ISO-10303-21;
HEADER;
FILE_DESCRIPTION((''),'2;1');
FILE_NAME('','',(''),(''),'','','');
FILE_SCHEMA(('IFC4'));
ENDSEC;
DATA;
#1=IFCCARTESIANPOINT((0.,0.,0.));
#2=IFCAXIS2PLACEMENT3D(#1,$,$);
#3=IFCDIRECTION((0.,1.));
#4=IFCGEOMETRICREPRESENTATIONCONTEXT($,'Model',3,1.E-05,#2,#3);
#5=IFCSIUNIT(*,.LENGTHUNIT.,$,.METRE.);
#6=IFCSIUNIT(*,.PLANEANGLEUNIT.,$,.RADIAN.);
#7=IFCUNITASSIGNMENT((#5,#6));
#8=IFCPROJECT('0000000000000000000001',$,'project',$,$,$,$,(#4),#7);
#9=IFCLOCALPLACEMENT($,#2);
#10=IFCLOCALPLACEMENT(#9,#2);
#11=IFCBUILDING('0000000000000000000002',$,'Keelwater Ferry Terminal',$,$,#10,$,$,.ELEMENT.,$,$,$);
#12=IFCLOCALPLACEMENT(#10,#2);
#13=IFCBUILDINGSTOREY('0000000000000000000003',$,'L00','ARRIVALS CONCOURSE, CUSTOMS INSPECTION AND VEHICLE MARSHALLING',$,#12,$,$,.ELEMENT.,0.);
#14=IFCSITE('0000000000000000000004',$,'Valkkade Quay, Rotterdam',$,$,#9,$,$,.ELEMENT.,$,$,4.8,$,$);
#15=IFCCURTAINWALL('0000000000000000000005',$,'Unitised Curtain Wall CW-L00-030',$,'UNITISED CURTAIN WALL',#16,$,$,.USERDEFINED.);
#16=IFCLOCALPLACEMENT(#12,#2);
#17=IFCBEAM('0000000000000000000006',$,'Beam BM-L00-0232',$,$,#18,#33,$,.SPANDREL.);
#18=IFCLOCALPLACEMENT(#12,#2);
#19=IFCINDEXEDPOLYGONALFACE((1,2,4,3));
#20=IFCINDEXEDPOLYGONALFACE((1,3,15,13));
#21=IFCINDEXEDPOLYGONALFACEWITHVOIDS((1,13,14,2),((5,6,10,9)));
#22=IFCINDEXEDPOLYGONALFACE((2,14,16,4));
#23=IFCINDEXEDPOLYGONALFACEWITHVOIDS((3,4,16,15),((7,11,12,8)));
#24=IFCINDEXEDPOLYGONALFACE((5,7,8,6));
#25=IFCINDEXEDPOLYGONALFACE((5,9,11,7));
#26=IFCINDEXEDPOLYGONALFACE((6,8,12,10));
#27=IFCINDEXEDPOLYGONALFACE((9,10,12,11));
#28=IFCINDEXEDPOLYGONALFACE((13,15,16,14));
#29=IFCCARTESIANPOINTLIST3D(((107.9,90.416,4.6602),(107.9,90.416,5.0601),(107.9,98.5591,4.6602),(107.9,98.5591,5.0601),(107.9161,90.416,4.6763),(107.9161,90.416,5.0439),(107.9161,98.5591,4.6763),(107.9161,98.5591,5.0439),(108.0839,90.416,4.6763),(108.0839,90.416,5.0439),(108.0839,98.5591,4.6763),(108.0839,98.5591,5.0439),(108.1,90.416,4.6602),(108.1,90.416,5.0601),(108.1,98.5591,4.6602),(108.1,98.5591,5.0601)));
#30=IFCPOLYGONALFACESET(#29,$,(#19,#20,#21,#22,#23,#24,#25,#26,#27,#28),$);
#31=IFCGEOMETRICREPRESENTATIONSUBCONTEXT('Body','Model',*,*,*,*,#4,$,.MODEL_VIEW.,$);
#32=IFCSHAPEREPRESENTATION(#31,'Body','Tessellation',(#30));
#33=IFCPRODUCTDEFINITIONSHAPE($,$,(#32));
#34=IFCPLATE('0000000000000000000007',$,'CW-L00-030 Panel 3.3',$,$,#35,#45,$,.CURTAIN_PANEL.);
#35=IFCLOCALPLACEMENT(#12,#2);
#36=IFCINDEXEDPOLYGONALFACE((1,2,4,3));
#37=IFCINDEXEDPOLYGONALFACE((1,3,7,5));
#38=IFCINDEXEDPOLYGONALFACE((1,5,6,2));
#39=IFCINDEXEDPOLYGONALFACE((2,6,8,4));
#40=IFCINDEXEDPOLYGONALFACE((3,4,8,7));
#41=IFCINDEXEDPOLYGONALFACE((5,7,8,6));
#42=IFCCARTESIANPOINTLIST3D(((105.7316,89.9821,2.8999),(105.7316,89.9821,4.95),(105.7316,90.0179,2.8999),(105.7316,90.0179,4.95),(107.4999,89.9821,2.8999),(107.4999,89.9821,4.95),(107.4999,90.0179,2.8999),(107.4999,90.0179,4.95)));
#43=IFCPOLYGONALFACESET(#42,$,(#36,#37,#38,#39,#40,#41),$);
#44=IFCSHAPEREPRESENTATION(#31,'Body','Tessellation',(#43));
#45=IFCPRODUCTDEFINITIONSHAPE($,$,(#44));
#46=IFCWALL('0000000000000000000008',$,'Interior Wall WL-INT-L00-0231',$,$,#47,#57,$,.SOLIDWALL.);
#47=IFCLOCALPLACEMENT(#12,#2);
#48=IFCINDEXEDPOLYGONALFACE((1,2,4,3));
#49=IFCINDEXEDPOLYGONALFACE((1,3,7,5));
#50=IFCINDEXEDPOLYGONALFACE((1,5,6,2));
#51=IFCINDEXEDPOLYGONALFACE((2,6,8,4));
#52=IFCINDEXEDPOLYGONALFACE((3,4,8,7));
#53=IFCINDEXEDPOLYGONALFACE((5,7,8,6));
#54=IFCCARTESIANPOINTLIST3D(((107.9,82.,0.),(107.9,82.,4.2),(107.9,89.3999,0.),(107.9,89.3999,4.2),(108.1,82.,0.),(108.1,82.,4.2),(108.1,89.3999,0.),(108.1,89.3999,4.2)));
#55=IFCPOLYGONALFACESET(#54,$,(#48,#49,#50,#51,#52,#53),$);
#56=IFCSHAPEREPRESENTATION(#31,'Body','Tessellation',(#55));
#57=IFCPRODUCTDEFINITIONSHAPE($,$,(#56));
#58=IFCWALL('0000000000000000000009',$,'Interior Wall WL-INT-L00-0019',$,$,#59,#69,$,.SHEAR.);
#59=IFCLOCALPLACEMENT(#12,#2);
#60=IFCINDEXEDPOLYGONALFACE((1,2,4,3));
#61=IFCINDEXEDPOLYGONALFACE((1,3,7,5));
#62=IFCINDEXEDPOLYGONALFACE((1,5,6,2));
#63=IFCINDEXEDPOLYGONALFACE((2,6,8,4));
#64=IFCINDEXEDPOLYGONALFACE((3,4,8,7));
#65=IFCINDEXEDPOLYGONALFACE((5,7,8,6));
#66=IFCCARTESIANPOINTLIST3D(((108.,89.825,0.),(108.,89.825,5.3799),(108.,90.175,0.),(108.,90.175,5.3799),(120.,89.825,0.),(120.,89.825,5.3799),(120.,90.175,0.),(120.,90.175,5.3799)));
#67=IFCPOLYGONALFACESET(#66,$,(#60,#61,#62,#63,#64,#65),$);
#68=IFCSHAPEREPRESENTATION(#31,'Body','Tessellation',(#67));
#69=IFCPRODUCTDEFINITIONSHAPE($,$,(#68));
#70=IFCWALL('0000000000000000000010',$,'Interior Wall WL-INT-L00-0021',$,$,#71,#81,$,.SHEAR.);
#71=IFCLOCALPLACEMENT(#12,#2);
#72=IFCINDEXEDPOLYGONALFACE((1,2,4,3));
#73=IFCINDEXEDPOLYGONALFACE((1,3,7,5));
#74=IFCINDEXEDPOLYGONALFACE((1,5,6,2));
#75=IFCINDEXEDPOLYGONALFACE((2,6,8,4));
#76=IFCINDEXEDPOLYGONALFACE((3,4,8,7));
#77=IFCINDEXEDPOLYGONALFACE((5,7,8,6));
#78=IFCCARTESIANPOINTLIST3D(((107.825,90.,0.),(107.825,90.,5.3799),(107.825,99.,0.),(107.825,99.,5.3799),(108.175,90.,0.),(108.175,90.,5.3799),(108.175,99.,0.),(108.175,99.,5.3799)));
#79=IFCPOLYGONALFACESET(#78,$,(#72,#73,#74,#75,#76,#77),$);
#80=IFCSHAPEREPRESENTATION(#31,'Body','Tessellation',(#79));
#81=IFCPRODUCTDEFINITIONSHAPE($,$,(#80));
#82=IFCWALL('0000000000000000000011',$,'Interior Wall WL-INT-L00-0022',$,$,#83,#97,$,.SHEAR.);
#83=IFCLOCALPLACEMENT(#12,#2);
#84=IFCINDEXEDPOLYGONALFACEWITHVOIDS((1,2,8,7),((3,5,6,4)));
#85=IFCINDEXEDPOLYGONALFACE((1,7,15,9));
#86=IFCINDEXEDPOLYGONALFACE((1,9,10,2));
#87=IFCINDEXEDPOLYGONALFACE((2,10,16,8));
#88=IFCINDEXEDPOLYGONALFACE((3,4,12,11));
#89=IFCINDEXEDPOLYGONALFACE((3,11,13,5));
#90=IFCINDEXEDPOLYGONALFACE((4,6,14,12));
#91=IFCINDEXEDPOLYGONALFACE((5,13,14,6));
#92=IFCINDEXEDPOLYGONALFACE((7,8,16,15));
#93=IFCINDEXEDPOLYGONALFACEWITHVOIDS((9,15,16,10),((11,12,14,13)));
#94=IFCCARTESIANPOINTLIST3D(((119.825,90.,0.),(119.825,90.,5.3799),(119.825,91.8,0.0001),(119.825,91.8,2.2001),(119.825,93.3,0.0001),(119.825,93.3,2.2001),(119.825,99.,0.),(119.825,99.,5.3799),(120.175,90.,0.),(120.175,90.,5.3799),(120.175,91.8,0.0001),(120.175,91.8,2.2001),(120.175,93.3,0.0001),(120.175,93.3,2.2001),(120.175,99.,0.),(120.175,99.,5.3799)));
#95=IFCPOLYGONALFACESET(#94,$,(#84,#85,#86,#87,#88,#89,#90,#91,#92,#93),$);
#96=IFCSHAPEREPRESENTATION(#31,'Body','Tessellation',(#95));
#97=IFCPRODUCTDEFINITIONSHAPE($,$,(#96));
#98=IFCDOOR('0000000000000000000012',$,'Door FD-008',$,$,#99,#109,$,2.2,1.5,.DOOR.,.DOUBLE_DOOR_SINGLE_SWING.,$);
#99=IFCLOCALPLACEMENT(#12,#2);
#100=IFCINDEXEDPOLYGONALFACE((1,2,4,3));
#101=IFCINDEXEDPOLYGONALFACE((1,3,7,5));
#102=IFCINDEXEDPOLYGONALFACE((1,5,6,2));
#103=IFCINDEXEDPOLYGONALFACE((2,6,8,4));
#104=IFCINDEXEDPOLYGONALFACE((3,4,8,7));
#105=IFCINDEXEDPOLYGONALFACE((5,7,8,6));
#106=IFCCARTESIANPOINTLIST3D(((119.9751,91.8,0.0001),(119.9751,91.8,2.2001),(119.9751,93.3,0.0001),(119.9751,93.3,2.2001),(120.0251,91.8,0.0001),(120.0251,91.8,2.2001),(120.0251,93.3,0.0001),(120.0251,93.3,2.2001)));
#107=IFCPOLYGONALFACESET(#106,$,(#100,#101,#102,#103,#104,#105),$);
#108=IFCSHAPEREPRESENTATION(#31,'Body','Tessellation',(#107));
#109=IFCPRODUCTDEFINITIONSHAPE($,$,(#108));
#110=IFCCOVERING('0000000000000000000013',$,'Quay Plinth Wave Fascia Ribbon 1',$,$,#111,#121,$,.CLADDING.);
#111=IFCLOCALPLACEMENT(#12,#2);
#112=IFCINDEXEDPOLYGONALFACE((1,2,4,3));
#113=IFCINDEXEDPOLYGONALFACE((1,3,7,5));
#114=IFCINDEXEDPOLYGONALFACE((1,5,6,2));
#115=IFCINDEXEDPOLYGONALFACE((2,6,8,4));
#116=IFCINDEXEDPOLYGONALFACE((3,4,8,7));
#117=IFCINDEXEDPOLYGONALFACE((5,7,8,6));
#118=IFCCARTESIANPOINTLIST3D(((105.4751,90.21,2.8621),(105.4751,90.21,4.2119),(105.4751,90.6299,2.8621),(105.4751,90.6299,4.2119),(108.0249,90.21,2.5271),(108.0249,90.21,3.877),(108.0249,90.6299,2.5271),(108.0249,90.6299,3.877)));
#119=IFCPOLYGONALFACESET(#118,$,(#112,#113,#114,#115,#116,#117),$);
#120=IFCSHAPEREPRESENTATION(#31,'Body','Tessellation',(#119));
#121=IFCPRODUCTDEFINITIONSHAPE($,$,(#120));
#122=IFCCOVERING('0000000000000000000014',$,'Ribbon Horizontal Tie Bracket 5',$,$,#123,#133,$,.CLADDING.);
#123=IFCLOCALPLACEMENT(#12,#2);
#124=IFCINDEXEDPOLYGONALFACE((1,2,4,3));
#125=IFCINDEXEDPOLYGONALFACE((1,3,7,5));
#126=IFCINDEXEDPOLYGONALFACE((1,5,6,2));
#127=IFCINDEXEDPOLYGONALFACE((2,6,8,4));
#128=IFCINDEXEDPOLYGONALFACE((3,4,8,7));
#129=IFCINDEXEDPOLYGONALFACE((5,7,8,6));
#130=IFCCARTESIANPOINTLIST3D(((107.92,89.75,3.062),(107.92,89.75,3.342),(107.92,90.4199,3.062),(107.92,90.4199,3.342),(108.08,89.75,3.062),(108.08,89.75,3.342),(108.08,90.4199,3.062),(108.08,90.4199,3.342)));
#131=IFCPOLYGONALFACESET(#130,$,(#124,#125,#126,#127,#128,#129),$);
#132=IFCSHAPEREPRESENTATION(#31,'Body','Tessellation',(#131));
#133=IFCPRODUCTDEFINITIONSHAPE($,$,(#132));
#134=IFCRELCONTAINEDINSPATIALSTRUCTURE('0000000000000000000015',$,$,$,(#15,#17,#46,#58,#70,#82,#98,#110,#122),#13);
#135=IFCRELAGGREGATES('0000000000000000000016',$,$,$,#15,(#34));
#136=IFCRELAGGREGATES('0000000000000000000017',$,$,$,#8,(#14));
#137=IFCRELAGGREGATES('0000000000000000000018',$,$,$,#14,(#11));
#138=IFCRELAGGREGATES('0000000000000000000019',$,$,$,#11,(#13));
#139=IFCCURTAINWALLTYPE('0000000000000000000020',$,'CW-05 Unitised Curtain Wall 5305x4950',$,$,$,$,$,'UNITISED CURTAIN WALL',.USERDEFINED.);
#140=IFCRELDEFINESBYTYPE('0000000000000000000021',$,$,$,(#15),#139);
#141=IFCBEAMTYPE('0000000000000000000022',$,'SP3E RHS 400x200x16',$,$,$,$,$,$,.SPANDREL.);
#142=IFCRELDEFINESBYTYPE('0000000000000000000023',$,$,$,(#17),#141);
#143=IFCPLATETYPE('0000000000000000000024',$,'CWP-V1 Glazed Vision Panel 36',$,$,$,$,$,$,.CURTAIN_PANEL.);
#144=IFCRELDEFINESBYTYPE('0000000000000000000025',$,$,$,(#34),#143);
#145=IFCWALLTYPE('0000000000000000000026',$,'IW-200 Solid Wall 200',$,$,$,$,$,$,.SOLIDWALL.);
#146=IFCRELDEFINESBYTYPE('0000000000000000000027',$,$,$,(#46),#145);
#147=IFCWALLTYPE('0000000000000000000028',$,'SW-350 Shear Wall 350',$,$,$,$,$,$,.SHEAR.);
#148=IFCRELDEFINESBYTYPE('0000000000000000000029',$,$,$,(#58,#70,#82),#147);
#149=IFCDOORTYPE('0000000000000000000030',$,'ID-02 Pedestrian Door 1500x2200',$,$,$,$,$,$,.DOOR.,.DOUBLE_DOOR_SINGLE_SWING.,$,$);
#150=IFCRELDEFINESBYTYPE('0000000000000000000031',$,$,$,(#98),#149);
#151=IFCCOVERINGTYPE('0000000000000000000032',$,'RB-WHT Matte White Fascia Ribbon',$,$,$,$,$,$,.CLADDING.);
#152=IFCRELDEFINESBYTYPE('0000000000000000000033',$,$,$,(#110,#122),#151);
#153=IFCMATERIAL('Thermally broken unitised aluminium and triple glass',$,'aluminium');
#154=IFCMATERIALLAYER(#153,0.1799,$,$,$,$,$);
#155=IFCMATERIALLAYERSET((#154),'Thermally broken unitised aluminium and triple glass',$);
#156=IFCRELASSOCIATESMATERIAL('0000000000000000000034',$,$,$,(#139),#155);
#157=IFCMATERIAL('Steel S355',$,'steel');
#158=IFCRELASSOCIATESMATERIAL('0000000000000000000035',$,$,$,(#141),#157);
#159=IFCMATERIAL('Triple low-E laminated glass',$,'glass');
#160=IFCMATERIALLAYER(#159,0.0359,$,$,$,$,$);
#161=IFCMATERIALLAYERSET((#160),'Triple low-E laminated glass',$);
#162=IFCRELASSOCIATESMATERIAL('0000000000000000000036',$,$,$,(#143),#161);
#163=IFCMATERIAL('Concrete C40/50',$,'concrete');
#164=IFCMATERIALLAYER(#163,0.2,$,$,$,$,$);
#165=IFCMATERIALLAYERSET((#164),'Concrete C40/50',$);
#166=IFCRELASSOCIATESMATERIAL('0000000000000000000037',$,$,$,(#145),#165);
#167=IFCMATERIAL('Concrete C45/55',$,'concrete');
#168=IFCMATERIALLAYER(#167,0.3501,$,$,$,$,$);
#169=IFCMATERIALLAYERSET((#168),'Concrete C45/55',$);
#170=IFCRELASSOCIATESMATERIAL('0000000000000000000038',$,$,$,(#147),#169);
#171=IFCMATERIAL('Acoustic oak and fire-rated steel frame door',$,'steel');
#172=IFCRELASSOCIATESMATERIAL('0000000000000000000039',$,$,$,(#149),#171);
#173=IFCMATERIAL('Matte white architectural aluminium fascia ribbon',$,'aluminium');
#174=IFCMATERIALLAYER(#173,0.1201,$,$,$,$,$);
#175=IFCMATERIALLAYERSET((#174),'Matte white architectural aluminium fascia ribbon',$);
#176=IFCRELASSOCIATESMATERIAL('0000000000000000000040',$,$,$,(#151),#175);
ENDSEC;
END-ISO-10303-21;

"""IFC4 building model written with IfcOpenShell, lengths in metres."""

from ifc_helpers import new_model, si_unit, direction, frame, frame_2d, origin, origin_2d, place, context, subcontext, project, spatial, polyline, rectangle, hollow_rectangle, outline, extrude, material, layer, layer_set, material_profile, profile_set, type_object, element, fill, aggregate, save


model = new_model("IFC4")

# Units and contexts
model_context = context("Model", 3, precision=1e-05, world=origin(), true_north=direction((0.0, 1.0)))
body_context = subcontext(model_context, "Body", "Model", "MODEL_VIEW")
ifc_project = project(units=[si_unit("LENGTHUNIT", "METRE"), si_unit("PLANEANGLEUNIT", "RADIAN")], contexts=[model_context])

# Site, building, storey
site_placement = place(None, origin())
site = spatial("IfcSite", under=ifc_project, at=site_placement, Name="Valkkade Quay, Rotterdam", CompositionType="ELEMENT", RefElevation=4.8)
building_placement = place(site_placement, origin())
building = spatial("IfcBuilding", under=site, at=building_placement, Name="Keelwater Ferry Terminal", CompositionType="ELEMENT")
storey_placement = place(building_placement, origin())
storey = spatial("IfcBuildingStorey", under=building, at=storey_placement, Name="L00", Description="ARRIVALS CONCOURSE, CUSTOMS INSPECTION AND VEHICLE MARSHALLING", CompositionType="ELEMENT", Elevation=0.0)

# Curtain wall
ifc_material_1 = material(Name="Thermally broken unitised aluminium and triple glass", Category="aluminium")
ifc_layer_1 = layer(ifc_material_1, 0.1799)
ifc_layer_set_1 = layer_set([ifc_layer_1], Name="Thermally broken unitised aluminium and triple glass")
curtain_wall_type = type_object("IfcCurtainWallType", Name="CW-05 Unitised Curtain Wall 5305x4950", ElementType="UNITISED CURTAIN WALL", PredefinedType="USERDEFINED", material=ifc_layer_set_1)
curtain_wall_placement = place(storey_placement, origin())
curtain_wall = element("IfcCurtainWall", 1, at=curtain_wall_placement, inside=storey, type_object=curtain_wall_type, Name="Unitised Curtain Wall CW-L00-030", ObjectType="UNITISED CURTAIN WALL", PredefinedType="USERDEFINED")

# Beam
ifc_material_2 = material(Name="Steel S355", Category="steel")
ifc_material_profile_1 = material_profile(ifc_material_2, hollow_rectangle(XDim=0.2, YDim=0.3999, WallThickness=0.0161, at=origin_2d()), Name="RHS 400x200x16")
ifc_profile_set_1 = profile_set([ifc_material_profile_1], Name="Steel S355")
beam_type_1 = type_object("IfcBeamType", Name="SP3E RHS 400x200x16", PredefinedType="SPANDREL", material=ifc_profile_set_1)
beam_1_placement = place(storey_placement, frame((108.0, 90.416, 4.8601), z_axis=(0.0, 1.0, 0.0), x_axis=(-1.0, 0.0, 0.0)))
element("IfcBeam", 2, at=beam_1_placement, inside=storey, type_object=beam_type_1, Name="Beam BM-L00-0232", PredefinedType="SPANDREL", context=body_context, shape_type="SweptSolid", body=[
    extrude(hollow_rectangle(XDim=0.2, YDim=0.3999, WallThickness=0.0161, at=origin_2d()), origin(), (0.0, 0.0, 1.0), 8.1431),
])

# Plate
ifc_material_3 = material(Name="Triple low-E laminated glass", Category="glass")
ifc_layer_2 = layer(ifc_material_3, 0.0359)
ifc_layer_set_2 = layer_set([ifc_layer_2], Name="Triple low-E laminated glass")
plate_type = type_object("IfcPlateType", Name="CWP-V1 Glazed Vision Panel 36", PredefinedType="CURTAIN_PANEL", material=ifc_layer_set_2)
plate_placement = place(storey_placement, frame((106.6157, 90.0, 2.8999), z_axis=(0.0, 0.0, 1.0), x_axis=(1.0, 0.0, 0.0)))
plate = element("IfcPlate", 3, at=plate_placement, type_object=plate_type, Name="CW-L00-030 Panel 3.3", PredefinedType="CURTAIN_PANEL", context=body_context, shape_type="SweptSolid", body=[
    extrude(rectangle(XDim=1.7683, YDim=0.0359, at=origin_2d()), origin(), (0.0, 0.0, 1.0), 2.05),
])
aggregate(curtain_wall, [plate])

# Walls
ifc_material_4 = material(Name="Concrete C40/50", Category="concrete")
ifc_layer_3 = layer(ifc_material_4, 0.2)
ifc_layer_set_3 = layer_set([ifc_layer_3], Name="Concrete C40/50")
wall_type_1 = type_object("IfcWallType", Name="IW-200 Solid Wall 200", PredefinedType="SOLIDWALL", material=ifc_layer_set_3)
wall_1_placement = place(storey_placement, frame((108.0, 82.0, 0.0), z_axis=(0.0, 0.0, 1.0), x_axis=(0.0, 1.0, 0.0)))
element("IfcWall", 4, at=wall_1_placement, inside=storey, type_object=wall_type_1, Name="Interior Wall WL-INT-L00-0231", PredefinedType="SOLIDWALL", context=body_context, shape_type="SweptSolid", body=[
    extrude(rectangle(XDim=7.3999, YDim=0.2, at=frame_2d((3.7, 0.0))), origin(), (0.0, 0.0, 1.0), 4.2),
])
ifc_material_5 = material(Name="Concrete C45/55", Category="concrete")
ifc_layer_4 = layer(ifc_material_5, 0.3501)
ifc_layer_set_4 = layer_set([ifc_layer_4], Name="Concrete C45/55")
wall_type_2 = type_object("IfcWallType", Name="SW-350 Shear Wall 350", PredefinedType="SHEAR", material=ifc_layer_set_4)
wall_2_placement = place(storey_placement, frame((108.0, 90.0, 0.0), z_axis=(0.0, 0.0, 1.0), x_axis=(1.0, 0.0, 0.0)))
element("IfcWall", 5, at=wall_2_placement, inside=storey, type_object=wall_type_2, Name="Interior Wall WL-INT-L00-0019", PredefinedType="SHEAR", context=body_context, shape_type="SweptSolid", body=[
    extrude(rectangle(XDim=12.0, YDim=0.3501, at=frame_2d((6.0, 0.0))), origin(), (0.0, 0.0, 1.0), 5.3799),
])
wall_3_placement = place(storey_placement, frame((108.0, 90.0, 0.0), z_axis=(0.0, 0.0, 1.0), x_axis=(0.0, 1.0, 0.0)))
element("IfcWall", 6, at=wall_3_placement, inside=storey, type_object=wall_type_2, Name="Interior Wall WL-INT-L00-0021", PredefinedType="SHEAR", context=body_context, shape_type="SweptSolid", body=[
    extrude(rectangle(XDim=9.0, YDim=0.3501, at=frame_2d((4.5, 0.0))), origin(), (0.0, 0.0, 1.0), 5.3799),
])

# Wall, opening, door
wall_4_placement = place(storey_placement, frame((120.0, 90.0, 0.0), z_axis=(0.0, 0.0, 1.0), x_axis=(0.0, 1.0, 0.0)))
wall_4 = element("IfcWall", 7, at=wall_4_placement, inside=storey, type_object=wall_type_2, Name="Interior Wall WL-INT-L00-0022", PredefinedType="SHEAR", context=body_context, shape_type="SweptSolid", body=[
    extrude(rectangle(XDim=9.0, YDim=0.3501, at=frame_2d((4.5, 0.0))), origin(), (0.0, 0.0, 1.0), 5.3799),
])
opening_placement = place(wall_4_placement, frame((1.8, 0.0, 0.0)))
opening = element("IfcOpeningElement", 8, at=opening_placement, cuts=wall_4, PredefinedType="OPENING", context=body_context, shape_type="SweptSolid", body=[
    extrude(rectangle(XDim=1.5, YDim=2.2, at=frame_2d((0.75, 1.1001))), frame((0.0, 0.1851, 0.0), z_axis=(0.0, -1.0, 0.0), x_axis=(1.0, 0.0, 0.0)), (0.0, 0.0, 1.0), 0.3701),
])
ifc_material_6 = material(Name="Acoustic oak and fire-rated steel frame door", Category="steel")
door_type = type_object("IfcDoorType", Name="ID-02 Pedestrian Door 1500x2200", OperationType="DOUBLE_DOOR_SINGLE_SWING", PredefinedType="DOOR", material=ifc_material_6)
door_placement = place(opening_placement, origin())
door = element("IfcDoor", 9, at=door_placement, inside=storey, type_object=door_type, Name="Door FD-008", OperationType="DOUBLE_DOOR_SINGLE_SWING", OverallHeight=2.2, OverallWidth=1.5, PredefinedType="DOOR", context=body_context, shape_type="SweptSolid", body=[
    extrude(rectangle(XDim=1.5, YDim=2.2, at=frame_2d((0.75, 1.1001))), frame((0.0, 0.0249, 0.0), z_axis=(0.0, -1.0, 0.0), x_axis=(1.0, 0.0, 0.0)), (0.0, 0.0, 1.0), 0.05),
])
fill(opening, door)

# Coverings
ifc_material_7 = material(Name="Matte white architectural aluminium fascia ribbon", Category="aluminium")
ifc_layer_5 = layer(ifc_material_7, 0.1201)
ifc_layer_set_5 = layer_set([ifc_layer_5], Name="Matte white architectural aluminium fascia ribbon")
covering_type = type_object("IfcCoveringType", Name="RB-WHT Matte White Fascia Ribbon", PredefinedType="CLADDING", material=ifc_layer_set_5)
covering_1_placement = place(storey_placement, frame((108.0249, 90.4199, 2.5271), z_axis=(0.0, 0.0, 1.0), x_axis=(-1.0, 0.0, 0.0)))
element("IfcCovering", 10, at=covering_1_placement, inside=storey, type_object=covering_type, Name="Quay Plinth Wave Fascia Ribbon 1", PredefinedType="CLADDING", context=body_context, shape_type="SweptSolid", body=[
    extrude(outline(polyline([(0.0, 0.0), (2.5498, 0.335), (2.5498, 1.6848), (0.0, 1.3499), (0.0, 0.0)])), frame((0.0, 0.21, 0.0), z_axis=(0.0, -1.0, 0.0), x_axis=(1.0, 0.0, 0.0)), (0.0, 0.0, 1.0), 0.4199),
])
covering_2_placement = place(storey_placement, frame((108.0, 90.4199, 3.062), z_axis=(0.0, 0.0, 1.0), x_axis=(0.0, -1.0, 0.0)))
element("IfcCovering", 11, at=covering_2_placement, inside=storey, type_object=covering_type, Name="Ribbon Horizontal Tie Bracket 5", PredefinedType="CLADDING", context=body_context, shape_type="SweptSolid", body=[
    extrude(rectangle(XDim=0.6699, YDim=0.1599, at=frame_2d((0.335, 0.0))), origin(), (0.0, 0.0, 1.0), 0.28),
])

save(model, "model.ifc")
